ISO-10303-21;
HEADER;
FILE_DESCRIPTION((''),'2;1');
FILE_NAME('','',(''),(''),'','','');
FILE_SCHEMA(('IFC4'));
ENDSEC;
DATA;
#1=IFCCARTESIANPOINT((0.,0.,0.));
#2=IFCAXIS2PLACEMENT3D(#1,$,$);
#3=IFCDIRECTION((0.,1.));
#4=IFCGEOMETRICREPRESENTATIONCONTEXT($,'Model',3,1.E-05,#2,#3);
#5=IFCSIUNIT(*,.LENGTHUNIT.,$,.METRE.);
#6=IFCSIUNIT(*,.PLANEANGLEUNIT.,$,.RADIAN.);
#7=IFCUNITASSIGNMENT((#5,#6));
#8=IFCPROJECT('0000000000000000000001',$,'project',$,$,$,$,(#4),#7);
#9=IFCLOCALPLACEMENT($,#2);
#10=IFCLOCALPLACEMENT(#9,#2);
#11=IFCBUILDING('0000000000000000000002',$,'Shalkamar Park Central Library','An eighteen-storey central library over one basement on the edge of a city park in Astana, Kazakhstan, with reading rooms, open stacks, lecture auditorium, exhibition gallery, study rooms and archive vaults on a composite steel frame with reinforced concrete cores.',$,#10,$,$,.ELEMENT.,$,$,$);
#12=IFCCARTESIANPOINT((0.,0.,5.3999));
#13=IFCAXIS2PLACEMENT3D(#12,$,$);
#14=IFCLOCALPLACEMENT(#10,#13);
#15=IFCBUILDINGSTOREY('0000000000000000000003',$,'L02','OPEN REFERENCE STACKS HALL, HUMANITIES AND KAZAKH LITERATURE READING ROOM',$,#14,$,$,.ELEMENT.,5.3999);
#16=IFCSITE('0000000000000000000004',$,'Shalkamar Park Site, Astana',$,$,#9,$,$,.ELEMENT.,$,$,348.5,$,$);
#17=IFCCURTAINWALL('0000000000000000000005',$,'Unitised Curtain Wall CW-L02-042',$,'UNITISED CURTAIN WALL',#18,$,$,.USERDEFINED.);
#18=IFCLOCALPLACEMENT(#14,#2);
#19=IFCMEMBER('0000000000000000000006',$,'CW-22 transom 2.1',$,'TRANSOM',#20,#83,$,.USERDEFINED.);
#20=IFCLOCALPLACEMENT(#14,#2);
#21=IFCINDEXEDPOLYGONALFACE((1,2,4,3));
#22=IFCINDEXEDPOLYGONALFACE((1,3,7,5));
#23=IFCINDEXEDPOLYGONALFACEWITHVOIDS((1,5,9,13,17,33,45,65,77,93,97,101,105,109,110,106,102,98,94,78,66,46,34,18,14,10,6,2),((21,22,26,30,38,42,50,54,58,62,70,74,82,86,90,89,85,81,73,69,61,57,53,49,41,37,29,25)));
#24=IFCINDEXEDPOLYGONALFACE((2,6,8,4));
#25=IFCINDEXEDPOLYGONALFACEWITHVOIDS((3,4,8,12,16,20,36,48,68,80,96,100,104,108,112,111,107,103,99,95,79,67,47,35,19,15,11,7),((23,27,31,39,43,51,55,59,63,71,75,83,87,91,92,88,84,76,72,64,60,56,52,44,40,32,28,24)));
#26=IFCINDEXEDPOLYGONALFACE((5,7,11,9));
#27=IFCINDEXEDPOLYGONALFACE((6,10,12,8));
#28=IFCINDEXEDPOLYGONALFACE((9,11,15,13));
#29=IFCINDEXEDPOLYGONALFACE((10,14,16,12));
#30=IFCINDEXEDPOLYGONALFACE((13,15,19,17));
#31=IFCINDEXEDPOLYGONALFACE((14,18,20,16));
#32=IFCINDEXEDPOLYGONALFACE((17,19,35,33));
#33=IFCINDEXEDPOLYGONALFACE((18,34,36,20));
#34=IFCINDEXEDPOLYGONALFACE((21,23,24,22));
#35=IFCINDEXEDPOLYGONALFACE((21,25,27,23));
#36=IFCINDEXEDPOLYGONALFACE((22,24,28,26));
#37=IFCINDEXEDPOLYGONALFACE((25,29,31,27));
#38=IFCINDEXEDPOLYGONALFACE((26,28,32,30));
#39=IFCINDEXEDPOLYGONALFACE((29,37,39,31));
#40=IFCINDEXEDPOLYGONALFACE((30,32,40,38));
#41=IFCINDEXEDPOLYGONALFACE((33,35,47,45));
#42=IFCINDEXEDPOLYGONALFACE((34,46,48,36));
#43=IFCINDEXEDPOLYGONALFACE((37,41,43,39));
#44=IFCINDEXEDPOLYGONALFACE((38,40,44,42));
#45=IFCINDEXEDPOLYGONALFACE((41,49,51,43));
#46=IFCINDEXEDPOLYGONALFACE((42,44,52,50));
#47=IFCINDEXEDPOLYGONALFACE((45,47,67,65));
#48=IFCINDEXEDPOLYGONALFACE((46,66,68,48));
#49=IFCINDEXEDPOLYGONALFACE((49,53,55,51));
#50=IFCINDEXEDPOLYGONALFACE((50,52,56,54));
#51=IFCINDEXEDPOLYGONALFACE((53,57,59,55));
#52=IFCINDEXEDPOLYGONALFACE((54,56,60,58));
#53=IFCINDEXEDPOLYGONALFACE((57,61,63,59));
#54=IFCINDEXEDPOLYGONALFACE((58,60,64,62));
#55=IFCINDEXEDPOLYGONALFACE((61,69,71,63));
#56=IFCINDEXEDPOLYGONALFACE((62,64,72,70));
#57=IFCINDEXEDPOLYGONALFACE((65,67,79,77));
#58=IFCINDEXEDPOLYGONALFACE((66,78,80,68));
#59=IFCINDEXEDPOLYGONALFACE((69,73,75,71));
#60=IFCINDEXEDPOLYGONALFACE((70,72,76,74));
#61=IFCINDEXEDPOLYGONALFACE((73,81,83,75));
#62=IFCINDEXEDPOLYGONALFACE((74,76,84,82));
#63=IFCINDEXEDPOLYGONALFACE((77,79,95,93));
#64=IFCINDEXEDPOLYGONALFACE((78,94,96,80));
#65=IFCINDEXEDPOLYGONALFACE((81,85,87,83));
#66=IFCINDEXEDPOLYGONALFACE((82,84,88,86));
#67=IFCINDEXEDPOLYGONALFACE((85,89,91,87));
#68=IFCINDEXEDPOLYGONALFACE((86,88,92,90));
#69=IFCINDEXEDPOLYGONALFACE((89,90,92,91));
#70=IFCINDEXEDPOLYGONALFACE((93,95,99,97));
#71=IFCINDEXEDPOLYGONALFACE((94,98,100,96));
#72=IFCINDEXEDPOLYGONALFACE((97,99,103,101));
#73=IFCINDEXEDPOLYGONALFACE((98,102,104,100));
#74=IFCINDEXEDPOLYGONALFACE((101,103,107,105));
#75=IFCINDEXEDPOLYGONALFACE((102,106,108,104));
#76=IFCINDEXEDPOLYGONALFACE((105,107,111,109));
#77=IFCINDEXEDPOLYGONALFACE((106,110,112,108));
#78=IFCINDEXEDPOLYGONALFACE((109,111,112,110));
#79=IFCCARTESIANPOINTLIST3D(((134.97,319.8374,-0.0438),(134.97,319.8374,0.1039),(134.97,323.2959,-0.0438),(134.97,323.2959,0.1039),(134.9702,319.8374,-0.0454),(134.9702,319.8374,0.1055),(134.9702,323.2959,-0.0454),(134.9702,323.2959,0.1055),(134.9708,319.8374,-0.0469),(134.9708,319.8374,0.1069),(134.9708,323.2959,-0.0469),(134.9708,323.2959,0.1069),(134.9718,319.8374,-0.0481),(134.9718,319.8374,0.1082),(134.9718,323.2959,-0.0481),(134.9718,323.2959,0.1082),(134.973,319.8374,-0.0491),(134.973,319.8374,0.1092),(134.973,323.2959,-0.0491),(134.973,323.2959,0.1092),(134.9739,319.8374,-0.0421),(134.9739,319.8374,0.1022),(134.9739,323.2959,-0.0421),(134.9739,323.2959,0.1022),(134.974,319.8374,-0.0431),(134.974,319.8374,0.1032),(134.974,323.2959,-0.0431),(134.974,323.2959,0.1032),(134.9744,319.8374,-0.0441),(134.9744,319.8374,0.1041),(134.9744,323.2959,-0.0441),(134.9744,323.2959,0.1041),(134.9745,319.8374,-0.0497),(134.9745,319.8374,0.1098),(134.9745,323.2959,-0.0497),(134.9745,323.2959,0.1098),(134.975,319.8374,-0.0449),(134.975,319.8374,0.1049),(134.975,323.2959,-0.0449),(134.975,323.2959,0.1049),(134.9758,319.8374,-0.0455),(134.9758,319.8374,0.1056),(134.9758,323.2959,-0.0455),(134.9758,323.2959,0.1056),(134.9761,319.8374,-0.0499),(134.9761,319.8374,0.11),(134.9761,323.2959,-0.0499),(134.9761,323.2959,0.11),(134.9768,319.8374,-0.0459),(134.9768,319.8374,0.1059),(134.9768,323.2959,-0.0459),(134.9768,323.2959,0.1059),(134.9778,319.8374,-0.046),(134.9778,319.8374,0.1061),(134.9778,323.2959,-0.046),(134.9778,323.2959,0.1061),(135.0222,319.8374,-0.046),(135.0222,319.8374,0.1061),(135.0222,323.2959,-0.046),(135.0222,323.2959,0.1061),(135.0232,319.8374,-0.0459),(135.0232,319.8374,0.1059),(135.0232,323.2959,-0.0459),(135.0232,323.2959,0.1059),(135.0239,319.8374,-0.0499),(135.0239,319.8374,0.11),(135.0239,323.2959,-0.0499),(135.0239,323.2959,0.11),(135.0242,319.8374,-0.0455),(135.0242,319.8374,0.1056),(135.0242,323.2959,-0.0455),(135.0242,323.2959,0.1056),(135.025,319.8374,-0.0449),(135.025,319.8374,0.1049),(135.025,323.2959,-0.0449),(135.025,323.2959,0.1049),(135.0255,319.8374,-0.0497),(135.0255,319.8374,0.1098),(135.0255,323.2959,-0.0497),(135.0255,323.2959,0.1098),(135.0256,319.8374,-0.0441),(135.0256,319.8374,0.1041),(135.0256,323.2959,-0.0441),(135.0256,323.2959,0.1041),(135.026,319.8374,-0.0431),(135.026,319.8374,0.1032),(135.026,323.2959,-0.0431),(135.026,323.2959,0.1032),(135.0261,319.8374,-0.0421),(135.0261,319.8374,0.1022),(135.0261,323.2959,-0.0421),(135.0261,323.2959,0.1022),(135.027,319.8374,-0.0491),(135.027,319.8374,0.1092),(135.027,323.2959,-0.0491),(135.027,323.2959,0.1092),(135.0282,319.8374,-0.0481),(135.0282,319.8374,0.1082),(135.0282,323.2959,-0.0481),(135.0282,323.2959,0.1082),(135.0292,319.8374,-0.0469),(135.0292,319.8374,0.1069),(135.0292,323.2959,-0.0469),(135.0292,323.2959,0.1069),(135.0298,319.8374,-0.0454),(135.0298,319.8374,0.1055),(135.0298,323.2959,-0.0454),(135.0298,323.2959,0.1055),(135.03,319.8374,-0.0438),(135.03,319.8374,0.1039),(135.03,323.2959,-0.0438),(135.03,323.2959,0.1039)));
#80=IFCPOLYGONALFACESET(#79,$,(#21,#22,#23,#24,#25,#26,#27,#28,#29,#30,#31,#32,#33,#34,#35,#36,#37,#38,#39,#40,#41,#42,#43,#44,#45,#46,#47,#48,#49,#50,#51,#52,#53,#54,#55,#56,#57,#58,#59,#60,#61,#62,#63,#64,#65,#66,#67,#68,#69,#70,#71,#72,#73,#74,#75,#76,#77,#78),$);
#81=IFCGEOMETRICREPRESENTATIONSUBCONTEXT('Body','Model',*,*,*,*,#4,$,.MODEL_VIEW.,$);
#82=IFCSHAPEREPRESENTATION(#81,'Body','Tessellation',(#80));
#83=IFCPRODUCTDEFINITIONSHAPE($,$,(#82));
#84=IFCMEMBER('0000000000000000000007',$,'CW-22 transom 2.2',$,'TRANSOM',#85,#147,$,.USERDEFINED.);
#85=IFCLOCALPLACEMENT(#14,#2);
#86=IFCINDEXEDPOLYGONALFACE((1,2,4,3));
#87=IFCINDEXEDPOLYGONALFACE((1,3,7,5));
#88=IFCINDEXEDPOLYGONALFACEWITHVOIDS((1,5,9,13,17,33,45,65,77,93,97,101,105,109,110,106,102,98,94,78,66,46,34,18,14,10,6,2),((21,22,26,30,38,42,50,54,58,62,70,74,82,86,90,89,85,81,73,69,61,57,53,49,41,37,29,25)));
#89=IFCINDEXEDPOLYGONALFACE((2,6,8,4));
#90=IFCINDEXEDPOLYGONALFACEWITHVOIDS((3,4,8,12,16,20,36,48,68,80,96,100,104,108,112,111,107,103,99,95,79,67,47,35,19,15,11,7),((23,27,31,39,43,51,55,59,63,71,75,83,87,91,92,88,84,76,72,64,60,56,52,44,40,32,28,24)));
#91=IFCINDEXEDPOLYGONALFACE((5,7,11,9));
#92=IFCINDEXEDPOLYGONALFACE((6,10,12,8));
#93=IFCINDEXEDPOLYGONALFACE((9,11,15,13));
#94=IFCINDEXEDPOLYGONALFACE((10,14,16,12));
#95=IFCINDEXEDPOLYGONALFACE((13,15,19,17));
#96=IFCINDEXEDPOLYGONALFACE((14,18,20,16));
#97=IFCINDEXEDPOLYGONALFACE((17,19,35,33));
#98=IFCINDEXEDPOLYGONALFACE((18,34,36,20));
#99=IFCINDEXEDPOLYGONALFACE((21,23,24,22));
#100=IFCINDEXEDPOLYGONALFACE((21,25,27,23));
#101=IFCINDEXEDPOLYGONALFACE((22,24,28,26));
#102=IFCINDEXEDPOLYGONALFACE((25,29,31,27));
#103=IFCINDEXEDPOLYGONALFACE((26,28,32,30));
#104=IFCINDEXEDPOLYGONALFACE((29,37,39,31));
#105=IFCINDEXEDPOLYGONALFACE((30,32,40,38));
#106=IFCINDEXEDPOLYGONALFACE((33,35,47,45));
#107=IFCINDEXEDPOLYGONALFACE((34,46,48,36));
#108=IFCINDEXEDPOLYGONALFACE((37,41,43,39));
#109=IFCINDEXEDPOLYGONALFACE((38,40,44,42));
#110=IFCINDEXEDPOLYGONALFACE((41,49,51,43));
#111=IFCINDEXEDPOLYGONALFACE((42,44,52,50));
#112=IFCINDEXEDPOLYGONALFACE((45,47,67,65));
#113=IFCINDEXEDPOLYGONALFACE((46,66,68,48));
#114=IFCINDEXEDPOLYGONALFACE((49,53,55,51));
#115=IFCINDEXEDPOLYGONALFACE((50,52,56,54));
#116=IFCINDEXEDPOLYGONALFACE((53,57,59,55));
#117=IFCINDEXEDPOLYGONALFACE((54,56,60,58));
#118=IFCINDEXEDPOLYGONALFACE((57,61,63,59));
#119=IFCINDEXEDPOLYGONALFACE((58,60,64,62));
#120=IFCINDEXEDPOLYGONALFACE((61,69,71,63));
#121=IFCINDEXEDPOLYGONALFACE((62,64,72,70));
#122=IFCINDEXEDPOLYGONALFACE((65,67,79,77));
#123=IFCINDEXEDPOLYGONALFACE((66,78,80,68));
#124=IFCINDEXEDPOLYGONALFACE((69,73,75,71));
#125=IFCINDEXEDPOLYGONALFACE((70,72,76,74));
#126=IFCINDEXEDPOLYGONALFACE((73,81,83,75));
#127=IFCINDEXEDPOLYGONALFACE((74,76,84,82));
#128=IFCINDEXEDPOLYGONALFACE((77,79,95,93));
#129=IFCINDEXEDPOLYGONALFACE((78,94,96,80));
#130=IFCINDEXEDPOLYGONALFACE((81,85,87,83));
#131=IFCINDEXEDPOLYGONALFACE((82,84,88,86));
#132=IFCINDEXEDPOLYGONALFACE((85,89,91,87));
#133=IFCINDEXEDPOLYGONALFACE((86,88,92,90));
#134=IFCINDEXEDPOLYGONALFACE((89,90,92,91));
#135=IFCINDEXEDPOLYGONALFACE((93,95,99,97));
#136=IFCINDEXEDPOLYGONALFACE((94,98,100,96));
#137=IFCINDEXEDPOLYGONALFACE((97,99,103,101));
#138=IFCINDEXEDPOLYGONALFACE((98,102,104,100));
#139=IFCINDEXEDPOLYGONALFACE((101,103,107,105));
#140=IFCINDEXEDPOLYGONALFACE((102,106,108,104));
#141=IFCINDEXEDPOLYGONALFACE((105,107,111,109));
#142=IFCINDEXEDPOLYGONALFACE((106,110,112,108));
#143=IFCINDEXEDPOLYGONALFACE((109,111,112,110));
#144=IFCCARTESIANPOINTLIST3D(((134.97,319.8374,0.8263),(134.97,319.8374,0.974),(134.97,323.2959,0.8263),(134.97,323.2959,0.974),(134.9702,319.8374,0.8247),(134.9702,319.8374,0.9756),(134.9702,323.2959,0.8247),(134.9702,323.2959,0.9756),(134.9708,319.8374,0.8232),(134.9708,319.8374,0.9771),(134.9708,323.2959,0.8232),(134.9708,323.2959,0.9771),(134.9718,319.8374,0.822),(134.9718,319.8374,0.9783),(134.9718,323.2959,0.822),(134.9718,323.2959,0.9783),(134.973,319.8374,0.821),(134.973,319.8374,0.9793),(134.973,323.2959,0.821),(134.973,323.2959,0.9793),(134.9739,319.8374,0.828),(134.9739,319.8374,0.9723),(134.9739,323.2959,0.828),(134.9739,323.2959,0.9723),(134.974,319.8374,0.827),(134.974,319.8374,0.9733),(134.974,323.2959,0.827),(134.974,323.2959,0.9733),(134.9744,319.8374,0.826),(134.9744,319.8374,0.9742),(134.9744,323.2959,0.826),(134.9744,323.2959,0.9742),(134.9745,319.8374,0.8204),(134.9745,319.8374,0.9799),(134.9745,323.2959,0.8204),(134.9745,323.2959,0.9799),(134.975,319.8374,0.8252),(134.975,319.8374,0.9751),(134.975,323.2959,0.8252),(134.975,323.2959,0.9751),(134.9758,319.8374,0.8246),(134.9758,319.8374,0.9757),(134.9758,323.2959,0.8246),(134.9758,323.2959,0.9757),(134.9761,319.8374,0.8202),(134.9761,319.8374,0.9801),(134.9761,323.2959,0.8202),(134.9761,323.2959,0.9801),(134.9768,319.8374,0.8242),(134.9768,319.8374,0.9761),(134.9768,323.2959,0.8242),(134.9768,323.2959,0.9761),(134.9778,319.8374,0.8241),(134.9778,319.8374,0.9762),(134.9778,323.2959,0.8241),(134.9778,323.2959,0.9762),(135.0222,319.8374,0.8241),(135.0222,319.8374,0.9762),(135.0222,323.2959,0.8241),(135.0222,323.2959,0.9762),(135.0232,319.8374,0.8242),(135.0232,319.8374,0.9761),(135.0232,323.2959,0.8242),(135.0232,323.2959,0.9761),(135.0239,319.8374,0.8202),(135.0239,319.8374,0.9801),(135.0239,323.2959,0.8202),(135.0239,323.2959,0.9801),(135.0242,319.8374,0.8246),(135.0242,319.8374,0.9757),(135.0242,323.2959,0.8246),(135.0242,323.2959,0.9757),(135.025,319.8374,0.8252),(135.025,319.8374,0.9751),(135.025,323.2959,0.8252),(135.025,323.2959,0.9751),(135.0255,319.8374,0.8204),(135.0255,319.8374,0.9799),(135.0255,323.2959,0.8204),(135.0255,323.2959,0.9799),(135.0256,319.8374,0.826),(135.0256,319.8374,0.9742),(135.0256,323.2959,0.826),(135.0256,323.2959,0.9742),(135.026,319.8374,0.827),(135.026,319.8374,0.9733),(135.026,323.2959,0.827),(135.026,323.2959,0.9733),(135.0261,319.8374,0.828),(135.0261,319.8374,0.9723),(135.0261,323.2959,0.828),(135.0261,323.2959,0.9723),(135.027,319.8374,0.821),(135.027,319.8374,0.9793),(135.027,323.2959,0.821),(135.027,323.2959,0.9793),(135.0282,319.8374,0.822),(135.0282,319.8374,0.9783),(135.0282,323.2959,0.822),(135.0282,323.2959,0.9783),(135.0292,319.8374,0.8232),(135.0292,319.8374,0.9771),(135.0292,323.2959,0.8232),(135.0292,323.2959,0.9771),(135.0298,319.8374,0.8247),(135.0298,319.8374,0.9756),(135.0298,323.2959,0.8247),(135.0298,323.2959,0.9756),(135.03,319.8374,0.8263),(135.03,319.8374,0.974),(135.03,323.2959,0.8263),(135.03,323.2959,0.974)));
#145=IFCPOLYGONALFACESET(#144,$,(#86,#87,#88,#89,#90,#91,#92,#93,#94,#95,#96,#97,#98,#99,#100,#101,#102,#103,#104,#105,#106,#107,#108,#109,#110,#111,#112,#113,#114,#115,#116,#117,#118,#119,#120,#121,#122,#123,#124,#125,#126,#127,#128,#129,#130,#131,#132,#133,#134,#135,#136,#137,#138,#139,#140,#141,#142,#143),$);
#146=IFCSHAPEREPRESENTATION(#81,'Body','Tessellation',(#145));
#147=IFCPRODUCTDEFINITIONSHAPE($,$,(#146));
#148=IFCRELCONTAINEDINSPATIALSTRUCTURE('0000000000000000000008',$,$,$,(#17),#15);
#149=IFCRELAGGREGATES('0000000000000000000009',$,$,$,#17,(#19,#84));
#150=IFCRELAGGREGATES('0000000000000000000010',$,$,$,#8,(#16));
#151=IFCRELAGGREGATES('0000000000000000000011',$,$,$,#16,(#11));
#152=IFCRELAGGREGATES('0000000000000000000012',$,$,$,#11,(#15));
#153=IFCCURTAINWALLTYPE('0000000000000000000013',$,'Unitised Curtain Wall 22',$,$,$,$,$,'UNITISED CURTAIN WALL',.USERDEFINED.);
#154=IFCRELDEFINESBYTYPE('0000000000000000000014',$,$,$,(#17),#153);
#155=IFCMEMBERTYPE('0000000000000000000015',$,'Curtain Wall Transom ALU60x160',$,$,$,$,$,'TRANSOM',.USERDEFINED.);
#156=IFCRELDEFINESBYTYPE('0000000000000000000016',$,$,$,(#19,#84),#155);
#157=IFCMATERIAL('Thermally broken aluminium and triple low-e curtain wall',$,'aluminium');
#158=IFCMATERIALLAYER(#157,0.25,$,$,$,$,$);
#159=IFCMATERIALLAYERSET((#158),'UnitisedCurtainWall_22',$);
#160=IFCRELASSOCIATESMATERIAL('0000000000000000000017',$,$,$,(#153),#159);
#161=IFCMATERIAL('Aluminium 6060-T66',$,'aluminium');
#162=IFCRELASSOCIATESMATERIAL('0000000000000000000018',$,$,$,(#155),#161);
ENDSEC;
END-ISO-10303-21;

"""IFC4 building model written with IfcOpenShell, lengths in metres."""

from ifc_helpers import new_model, si_unit, direction, frame, origin, origin_2d, place, context, subcontext, project, spatial, hollow_rectangle, extrude, material, layer, layer_set, material_profile, profile_set, type_object, element, aggregate, save


model = new_model("IFC4")

# Units and contexts
model_context = context("Model", 3, precision=1e-05, world=origin(), true_north=direction((0.0, 1.0)))
body_context = subcontext(model_context, "Body", "Model", "MODEL_VIEW")
ifc_project = project(units=[si_unit("LENGTHUNIT", "METRE"), si_unit("PLANEANGLEUNIT", "RADIAN")], contexts=[model_context])

# Site, building, storey
site_placement = place(None, origin())
site = spatial("IfcSite", under=ifc_project, at=site_placement, Name="Shalkamar Park Site, Astana", CompositionType="ELEMENT", RefElevation=348.5)
building_placement = place(site_placement, origin())
building = spatial("IfcBuilding", under=site, at=building_placement, Name="Shalkamar Park Central Library", Description="An eighteen-storey central library over one basement on the edge of a city park in Astana, Kazakhstan, with reading rooms, open stacks, lecture auditorium, exhibition gallery, study rooms and archive vaults on a composite steel frame with reinforced concrete cores.", CompositionType="ELEMENT")
storey_placement = place(building_placement, frame((0.0, 0.0, 5.3999)))
storey = spatial("IfcBuildingStorey", under=building, at=storey_placement, Name="L02", Description="OPEN REFERENCE STACKS HALL, HUMANITIES AND KAZAKH LITERATURE READING ROOM", CompositionType="ELEMENT", Elevation=5.3999)

# Curtain wall, members
ifc_material_1 = material(Name="Thermally broken aluminium and triple low-e curtain wall", Category="aluminium")
ifc_layer_1 = layer(ifc_material_1, 0.25)
ifc_layer_set_1 = layer_set([ifc_layer_1], Name="UnitisedCurtainWall_22")
curtain_wall_type = type_object("IfcCurtainWallType", Name="Unitised Curtain Wall 22", ElementType="UNITISED CURTAIN WALL", PredefinedType="USERDEFINED", material=ifc_layer_set_1)
curtain_wall_placement = place(storey_placement, origin())
curtain_wall = element("IfcCurtainWall", 1, at=curtain_wall_placement, inside=storey, type_object=curtain_wall_type, Name="Unitised Curtain Wall CW-L02-042", ObjectType="UNITISED CURTAIN WALL", PredefinedType="USERDEFINED")
ifc_material_2 = material(Name="Aluminium 6060-T66", Category="aluminium")
ifc_material_profile_1 = material_profile(ifc_material_2, hollow_rectangle(XDim=0.0601, YDim=0.1599, WallThickness=0.0039, InnerFilletRadius=0.0039, OuterFilletRadius=0.0061, at=origin_2d()), Name="ALU 60x160x4")
ifc_profile_set_1 = profile_set([ifc_material_profile_1], Name="Aluminium 6060-T66")
member_type_1 = type_object("IfcMemberType", Name="Curtain Wall Transom ALU60x160", ElementType="TRANSOM", PredefinedType="USERDEFINED", material=ifc_profile_set_1)
member_1_placement = place(storey_placement, frame((135.0, 319.8374, 0.03), z_axis=(0.0, 1.0, 0.0), x_axis=(-1.0, 0.0, 0.0)))
member_1 = element("IfcMember", 2, at=member_1_placement, type_object=member_type_1, Name="CW-22 transom 2.1", ObjectType="TRANSOM", PredefinedType="USERDEFINED", context=body_context, shape_type="SweptSolid", body=[
    extrude(hollow_rectangle(XDim=0.0601, YDim=0.1599, WallThickness=0.0039, InnerFilletRadius=0.0039, OuterFilletRadius=0.0061, at=origin_2d()), origin(), (0.0, 0.0, 1.0), 3.4585),
])
member_2_placement = place(storey_placement, frame((135.0, 319.8374, 0.9001), z_axis=(0.0, 1.0, 0.0), x_axis=(-1.0, 0.0, 0.0)))
member_2 = element("IfcMember", 3, at=member_2_placement, type_object=member_type_1, Name="CW-22 transom 2.2", ObjectType="TRANSOM", PredefinedType="USERDEFINED", context=body_context, shape_type="SweptSolid", body=[
    extrude(hollow_rectangle(XDim=0.0601, YDim=0.1599, WallThickness=0.0039, InnerFilletRadius=0.0039, OuterFilletRadius=0.0061, at=origin_2d()), origin(), (0.0, 0.0, 1.0), 3.4585),
])

aggregate(curtain_wall, [member_1, member_2])

save(model, "model.ifc")
